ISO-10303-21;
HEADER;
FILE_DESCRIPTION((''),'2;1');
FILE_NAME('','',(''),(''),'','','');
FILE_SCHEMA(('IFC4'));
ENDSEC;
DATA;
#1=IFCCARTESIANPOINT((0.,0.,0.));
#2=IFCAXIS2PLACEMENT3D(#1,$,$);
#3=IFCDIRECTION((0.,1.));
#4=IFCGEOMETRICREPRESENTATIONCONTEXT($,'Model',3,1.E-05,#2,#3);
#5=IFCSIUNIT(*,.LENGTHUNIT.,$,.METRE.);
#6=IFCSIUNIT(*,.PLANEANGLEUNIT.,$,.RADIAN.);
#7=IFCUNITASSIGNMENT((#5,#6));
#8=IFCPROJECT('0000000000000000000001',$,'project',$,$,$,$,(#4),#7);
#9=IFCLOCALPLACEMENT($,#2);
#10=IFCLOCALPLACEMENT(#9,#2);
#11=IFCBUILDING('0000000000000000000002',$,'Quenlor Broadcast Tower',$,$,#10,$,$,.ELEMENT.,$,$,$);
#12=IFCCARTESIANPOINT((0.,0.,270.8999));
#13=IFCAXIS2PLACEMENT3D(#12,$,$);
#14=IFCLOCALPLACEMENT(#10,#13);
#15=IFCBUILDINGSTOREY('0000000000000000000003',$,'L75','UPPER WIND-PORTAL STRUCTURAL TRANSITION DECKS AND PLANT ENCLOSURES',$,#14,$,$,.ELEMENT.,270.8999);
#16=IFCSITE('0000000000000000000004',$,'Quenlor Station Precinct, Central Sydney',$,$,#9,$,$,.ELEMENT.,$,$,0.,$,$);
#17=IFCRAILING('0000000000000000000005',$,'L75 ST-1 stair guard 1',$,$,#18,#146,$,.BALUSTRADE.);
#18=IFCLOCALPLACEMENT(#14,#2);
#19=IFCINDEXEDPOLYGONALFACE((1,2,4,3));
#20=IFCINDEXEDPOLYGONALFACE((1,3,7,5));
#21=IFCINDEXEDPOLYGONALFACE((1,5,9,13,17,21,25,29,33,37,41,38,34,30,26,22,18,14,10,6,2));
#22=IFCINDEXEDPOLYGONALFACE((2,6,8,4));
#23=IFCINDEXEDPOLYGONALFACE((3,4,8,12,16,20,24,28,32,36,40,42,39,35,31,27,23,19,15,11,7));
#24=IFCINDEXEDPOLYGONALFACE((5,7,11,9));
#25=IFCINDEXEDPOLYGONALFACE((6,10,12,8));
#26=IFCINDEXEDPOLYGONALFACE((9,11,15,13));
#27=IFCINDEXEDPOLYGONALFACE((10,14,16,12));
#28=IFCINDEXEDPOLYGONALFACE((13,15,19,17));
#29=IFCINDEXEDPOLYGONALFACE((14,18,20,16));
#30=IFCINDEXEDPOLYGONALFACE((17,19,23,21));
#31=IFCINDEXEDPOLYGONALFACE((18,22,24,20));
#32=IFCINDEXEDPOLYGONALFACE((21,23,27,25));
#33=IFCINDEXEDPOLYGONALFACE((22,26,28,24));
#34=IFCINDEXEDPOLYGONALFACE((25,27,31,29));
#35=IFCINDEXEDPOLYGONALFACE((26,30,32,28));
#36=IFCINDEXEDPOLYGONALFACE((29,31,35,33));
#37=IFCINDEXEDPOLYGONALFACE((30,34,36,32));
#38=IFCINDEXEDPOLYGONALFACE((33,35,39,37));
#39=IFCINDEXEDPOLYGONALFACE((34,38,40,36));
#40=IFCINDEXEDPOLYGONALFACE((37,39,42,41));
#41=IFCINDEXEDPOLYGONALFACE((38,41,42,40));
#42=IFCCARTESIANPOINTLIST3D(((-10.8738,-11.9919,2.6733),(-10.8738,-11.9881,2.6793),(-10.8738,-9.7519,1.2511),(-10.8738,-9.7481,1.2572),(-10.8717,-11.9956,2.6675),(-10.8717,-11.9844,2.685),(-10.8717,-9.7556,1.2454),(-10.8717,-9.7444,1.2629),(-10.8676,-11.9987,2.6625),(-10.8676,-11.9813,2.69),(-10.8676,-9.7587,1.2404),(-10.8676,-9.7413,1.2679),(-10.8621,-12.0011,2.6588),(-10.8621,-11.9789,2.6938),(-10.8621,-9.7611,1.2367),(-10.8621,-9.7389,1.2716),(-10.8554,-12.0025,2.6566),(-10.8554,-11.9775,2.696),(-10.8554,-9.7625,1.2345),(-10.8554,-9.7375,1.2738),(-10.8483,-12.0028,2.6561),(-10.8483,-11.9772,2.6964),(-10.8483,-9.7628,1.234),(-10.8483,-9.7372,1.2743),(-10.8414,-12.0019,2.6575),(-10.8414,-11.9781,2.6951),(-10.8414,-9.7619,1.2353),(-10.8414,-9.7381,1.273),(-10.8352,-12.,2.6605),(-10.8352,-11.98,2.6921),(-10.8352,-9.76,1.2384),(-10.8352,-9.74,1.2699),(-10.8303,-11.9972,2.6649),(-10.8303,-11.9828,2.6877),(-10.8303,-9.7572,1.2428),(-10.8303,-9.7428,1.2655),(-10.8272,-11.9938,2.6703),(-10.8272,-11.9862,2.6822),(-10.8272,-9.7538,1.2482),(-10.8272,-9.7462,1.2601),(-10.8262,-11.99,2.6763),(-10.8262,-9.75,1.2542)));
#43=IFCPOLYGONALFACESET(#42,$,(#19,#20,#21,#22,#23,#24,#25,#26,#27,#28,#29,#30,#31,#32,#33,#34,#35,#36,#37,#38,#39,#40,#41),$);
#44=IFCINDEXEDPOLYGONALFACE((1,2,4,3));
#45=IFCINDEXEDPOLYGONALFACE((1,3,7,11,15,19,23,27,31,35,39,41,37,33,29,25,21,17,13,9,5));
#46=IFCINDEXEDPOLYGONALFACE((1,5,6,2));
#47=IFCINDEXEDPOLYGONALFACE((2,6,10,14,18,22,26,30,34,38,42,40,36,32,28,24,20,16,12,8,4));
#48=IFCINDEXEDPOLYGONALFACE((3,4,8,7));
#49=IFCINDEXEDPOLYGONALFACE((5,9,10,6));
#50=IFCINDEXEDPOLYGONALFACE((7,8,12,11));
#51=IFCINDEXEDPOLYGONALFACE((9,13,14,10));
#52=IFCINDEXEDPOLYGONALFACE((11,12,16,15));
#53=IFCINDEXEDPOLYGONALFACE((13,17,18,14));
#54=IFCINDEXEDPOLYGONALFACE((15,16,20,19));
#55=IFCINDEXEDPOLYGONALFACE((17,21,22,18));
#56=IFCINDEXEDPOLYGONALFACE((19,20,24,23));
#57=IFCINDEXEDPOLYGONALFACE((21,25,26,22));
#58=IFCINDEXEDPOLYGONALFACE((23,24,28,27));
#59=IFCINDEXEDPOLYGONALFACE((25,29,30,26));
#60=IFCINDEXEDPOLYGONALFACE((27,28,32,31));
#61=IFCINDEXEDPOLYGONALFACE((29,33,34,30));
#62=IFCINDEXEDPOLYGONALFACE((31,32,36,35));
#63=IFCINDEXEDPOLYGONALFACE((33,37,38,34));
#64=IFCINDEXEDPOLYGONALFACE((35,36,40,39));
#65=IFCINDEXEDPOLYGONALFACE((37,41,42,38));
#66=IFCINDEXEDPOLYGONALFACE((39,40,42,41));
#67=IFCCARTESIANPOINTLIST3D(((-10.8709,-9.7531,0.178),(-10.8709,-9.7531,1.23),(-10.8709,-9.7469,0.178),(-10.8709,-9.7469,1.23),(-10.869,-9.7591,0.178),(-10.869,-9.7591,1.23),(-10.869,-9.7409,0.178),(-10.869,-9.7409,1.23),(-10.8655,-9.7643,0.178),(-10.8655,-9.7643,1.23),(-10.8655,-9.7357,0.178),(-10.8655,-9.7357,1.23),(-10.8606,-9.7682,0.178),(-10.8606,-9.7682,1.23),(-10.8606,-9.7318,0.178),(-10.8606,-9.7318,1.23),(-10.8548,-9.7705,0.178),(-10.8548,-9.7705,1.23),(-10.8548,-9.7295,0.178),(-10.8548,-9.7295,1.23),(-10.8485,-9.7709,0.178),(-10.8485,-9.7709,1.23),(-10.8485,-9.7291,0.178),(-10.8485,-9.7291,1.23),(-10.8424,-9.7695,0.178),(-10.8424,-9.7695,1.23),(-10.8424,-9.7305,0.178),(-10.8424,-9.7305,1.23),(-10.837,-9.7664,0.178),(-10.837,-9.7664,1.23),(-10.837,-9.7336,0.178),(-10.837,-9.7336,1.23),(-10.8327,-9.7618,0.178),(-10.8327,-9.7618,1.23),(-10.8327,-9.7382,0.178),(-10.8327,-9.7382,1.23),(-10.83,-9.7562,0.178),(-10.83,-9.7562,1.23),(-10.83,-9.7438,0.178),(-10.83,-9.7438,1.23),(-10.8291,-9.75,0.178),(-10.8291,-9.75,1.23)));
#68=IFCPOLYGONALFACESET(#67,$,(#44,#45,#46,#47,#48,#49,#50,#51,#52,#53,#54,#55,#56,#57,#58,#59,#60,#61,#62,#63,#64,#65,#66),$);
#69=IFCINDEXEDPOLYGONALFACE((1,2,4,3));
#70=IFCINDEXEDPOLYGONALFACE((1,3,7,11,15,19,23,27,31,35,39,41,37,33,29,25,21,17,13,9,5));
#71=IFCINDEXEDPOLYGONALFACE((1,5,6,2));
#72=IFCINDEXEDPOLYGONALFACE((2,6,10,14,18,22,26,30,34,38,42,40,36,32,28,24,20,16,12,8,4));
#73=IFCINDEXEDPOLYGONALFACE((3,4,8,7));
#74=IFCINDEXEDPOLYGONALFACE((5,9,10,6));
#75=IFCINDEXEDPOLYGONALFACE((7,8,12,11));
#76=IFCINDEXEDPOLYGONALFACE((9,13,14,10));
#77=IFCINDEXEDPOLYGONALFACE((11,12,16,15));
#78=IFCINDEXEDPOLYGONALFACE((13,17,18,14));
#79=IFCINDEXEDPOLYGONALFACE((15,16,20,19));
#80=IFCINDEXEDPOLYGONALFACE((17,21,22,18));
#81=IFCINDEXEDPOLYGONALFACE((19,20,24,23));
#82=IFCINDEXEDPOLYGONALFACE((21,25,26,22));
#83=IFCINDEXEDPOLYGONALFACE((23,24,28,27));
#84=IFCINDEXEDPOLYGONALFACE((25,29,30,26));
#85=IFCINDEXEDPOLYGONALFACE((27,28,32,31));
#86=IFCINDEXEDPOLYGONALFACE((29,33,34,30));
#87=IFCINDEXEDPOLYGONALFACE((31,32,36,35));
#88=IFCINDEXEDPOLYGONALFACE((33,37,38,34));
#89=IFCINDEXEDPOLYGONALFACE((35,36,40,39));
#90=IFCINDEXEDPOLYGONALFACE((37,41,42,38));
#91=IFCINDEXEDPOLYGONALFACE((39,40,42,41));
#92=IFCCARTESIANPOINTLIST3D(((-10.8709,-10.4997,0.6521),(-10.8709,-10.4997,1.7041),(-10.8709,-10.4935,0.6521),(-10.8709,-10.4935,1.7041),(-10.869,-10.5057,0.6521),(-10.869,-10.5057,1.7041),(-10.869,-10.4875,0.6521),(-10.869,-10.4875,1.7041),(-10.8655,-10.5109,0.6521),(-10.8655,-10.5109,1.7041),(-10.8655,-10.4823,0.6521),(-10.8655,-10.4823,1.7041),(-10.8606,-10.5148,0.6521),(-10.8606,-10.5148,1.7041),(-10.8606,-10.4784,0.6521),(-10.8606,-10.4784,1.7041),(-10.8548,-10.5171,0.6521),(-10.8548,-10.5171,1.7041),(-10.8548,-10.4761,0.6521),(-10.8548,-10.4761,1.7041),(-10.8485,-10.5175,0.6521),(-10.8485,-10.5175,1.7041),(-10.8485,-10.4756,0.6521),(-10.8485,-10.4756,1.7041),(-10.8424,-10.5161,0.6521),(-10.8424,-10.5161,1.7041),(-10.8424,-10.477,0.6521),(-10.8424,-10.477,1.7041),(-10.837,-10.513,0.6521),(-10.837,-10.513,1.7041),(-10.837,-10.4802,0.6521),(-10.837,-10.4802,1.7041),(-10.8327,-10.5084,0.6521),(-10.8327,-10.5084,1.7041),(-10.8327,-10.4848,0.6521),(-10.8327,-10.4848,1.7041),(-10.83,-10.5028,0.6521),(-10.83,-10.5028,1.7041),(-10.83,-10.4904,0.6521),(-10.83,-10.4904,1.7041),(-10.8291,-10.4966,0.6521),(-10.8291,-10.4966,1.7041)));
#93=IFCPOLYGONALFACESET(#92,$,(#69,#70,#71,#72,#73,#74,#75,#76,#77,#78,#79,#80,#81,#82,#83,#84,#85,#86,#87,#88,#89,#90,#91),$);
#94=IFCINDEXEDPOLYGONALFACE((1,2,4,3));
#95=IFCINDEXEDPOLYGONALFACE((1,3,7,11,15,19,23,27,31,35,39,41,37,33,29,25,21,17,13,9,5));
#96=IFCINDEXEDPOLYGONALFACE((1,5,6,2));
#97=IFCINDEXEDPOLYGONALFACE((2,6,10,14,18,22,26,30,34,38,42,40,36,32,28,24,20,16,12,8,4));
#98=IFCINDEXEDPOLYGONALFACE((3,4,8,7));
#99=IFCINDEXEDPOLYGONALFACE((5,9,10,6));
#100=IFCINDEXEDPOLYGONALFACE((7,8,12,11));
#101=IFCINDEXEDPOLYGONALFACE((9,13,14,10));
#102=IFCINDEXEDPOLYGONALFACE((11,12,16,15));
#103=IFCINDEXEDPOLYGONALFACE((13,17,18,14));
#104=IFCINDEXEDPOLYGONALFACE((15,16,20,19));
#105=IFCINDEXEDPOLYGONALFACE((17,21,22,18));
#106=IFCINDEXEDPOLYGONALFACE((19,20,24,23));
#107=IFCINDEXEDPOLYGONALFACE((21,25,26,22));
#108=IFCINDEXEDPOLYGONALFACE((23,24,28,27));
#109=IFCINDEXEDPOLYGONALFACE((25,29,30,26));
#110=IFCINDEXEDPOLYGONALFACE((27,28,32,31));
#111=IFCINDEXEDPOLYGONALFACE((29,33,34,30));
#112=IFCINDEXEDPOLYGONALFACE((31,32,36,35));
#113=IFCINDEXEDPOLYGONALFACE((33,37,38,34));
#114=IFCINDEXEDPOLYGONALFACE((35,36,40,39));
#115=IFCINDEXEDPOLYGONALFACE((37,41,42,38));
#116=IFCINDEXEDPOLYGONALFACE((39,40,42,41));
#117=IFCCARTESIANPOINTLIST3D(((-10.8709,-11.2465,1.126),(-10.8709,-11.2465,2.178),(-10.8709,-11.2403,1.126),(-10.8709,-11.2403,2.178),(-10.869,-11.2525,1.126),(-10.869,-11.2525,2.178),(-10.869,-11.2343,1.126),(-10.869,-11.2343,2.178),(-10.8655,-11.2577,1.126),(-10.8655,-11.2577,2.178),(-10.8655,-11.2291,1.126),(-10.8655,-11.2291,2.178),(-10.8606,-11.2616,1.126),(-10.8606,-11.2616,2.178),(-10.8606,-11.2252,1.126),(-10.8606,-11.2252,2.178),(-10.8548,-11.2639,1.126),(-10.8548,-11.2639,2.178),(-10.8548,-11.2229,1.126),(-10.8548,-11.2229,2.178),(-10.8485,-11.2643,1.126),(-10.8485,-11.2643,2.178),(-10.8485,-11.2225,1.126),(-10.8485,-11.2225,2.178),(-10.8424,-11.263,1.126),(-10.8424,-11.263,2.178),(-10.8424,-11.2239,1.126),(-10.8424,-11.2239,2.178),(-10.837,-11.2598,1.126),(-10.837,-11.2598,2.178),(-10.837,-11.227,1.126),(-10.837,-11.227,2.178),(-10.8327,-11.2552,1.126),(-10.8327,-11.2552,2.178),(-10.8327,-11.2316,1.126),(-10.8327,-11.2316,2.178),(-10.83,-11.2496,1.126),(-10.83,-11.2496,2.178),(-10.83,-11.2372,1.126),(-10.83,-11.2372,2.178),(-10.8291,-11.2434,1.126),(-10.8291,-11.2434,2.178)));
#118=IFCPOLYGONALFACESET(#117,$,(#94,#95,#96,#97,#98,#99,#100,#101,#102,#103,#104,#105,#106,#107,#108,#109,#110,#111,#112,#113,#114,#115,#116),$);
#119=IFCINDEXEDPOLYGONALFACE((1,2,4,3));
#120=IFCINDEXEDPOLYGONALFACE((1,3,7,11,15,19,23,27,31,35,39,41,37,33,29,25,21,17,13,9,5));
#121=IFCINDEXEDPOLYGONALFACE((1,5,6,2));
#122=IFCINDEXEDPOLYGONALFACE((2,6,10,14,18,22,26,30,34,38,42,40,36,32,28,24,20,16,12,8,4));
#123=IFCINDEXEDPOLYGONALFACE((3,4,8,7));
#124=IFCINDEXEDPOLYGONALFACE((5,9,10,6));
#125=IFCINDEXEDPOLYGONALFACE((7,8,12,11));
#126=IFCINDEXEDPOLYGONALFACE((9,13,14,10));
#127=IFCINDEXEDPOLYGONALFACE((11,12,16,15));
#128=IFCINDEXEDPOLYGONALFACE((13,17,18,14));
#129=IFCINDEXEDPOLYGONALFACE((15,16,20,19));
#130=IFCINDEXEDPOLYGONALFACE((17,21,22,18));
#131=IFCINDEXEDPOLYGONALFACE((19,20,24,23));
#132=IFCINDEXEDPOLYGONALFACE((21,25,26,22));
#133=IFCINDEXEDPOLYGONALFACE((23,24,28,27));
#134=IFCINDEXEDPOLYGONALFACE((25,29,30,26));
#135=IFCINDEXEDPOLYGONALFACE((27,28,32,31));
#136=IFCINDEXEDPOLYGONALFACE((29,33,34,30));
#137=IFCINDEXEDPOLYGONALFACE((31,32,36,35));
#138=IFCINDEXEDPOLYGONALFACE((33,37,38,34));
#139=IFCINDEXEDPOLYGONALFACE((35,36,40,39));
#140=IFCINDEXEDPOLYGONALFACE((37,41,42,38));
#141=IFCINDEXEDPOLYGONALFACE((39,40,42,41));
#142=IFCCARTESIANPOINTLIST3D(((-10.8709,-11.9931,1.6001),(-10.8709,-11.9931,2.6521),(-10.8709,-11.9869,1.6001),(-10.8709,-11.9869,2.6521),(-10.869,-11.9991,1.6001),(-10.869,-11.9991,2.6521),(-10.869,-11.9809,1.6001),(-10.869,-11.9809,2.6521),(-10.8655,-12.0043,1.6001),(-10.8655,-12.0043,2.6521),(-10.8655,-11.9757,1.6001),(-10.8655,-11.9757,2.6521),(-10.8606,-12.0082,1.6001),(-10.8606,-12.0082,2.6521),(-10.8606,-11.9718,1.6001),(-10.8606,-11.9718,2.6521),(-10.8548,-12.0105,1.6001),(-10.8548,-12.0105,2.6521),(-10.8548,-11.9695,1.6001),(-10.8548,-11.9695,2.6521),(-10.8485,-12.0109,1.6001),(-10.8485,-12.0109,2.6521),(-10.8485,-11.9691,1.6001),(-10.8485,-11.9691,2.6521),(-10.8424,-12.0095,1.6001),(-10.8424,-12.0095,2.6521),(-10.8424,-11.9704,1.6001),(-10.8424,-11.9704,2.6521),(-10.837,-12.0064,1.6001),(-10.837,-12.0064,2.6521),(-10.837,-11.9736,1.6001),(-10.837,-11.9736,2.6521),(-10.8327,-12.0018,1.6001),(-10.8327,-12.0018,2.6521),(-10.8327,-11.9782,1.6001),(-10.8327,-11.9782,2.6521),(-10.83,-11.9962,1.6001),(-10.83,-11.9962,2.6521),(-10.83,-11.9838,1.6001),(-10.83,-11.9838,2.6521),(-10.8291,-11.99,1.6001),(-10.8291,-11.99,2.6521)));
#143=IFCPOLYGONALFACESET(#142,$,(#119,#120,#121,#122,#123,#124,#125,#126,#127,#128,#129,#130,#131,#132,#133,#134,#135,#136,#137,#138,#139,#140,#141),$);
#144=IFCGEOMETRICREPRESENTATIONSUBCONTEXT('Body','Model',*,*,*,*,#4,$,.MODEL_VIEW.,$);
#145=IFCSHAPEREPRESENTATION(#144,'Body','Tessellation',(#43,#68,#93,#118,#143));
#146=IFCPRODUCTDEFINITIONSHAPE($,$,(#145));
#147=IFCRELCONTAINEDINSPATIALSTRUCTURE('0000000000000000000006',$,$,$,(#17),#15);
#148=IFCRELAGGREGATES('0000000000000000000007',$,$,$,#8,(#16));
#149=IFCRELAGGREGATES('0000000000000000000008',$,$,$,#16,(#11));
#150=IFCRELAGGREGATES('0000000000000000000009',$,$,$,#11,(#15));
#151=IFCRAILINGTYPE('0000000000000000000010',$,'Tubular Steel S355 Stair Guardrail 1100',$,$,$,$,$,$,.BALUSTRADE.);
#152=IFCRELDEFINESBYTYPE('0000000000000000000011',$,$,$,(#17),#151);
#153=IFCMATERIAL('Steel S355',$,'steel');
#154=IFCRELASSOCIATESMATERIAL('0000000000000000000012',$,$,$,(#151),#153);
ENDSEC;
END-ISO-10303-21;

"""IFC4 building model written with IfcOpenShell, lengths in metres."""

from ifc_helpers import new_model, si_unit, direction, frame, origin, origin_2d, place, context, subcontext, project, spatial, circle, extrude, material, type_object, element, save


model = new_model("IFC4")

# Units and contexts
model_context = context("Model", 3, precision=1e-05, world=origin(), true_north=direction((0.0, 1.0)))
body_context = subcontext(model_context, "Body", "Model", "MODEL_VIEW")
ifc_project = project(units=[si_unit("LENGTHUNIT", "METRE"), si_unit("PLANEANGLEUNIT", "RADIAN")], contexts=[model_context])

# Site, building, storey
site_placement = place(None, origin())
site = spatial("IfcSite", under=ifc_project, at=site_placement, Name="Quenlor Station Precinct, Central Sydney", CompositionType="ELEMENT", RefElevation=0.0)
building_placement = place(site_placement, origin())
building = spatial("IfcBuilding", under=site, at=building_placement, Name="Quenlor Broadcast Tower", CompositionType="ELEMENT")
storey_placement = place(building_placement, frame((0.0, 0.0, 270.8999)))
storey = spatial("IfcBuildingStorey", under=building, at=storey_placement, Name="L75", Description="UPPER WIND-PORTAL STRUCTURAL TRANSITION DECKS AND PLANT ENCLOSURES", CompositionType="ELEMENT", Elevation=270.8999)

# Railing
ifc_material_1 = material(Name="Steel S355", Category="steel")
railing_type_1 = type_object("IfcRailingType", Name="Tubular Steel S355 Stair Guardrail 1100", PredefinedType="BALUSTRADE", material=ifc_material_1)
railing_1_placement = place(storey_placement, frame((-10.8501, -9.75, 0.178)))
element("IfcRailing", 1, at=railing_1_placement, inside=storey, type_object=railing_type_1, Name="L75 ST-1 stair guard 1", PredefinedType="BALUSTRADE", context=body_context, shape_type="SweptSolid", body=[
    extrude(circle(Radius=0.0239, at=origin_2d()), frame((0.0, 0.0, 1.0762), z_axis=(0.0, -0.844229, 0.535982), x_axis=(1.0, 0.0, 0.0)), (0.0, 0.0, 1.0), 2.6533),
    extrude(circle(Radius=0.021, at=origin_2d()), origin(), (0.0, 0.0, 1.0), 1.052),
    extrude(circle(Radius=0.021, at=origin_2d()), frame((0.0, -0.7466, 0.4741)), (0.0, 0.0, 1.0), 1.052),
    extrude(circle(Radius=0.021, at=origin_2d()), frame((0.0, -1.4934, 0.948)), (0.0, 0.0, 1.0), 1.052),
    extrude(circle(Radius=0.021, at=origin_2d()), frame((0.0, -2.24, 1.4221)), (0.0, 0.0, 1.0), 1.052),
])

save(model, "model.ifc")
